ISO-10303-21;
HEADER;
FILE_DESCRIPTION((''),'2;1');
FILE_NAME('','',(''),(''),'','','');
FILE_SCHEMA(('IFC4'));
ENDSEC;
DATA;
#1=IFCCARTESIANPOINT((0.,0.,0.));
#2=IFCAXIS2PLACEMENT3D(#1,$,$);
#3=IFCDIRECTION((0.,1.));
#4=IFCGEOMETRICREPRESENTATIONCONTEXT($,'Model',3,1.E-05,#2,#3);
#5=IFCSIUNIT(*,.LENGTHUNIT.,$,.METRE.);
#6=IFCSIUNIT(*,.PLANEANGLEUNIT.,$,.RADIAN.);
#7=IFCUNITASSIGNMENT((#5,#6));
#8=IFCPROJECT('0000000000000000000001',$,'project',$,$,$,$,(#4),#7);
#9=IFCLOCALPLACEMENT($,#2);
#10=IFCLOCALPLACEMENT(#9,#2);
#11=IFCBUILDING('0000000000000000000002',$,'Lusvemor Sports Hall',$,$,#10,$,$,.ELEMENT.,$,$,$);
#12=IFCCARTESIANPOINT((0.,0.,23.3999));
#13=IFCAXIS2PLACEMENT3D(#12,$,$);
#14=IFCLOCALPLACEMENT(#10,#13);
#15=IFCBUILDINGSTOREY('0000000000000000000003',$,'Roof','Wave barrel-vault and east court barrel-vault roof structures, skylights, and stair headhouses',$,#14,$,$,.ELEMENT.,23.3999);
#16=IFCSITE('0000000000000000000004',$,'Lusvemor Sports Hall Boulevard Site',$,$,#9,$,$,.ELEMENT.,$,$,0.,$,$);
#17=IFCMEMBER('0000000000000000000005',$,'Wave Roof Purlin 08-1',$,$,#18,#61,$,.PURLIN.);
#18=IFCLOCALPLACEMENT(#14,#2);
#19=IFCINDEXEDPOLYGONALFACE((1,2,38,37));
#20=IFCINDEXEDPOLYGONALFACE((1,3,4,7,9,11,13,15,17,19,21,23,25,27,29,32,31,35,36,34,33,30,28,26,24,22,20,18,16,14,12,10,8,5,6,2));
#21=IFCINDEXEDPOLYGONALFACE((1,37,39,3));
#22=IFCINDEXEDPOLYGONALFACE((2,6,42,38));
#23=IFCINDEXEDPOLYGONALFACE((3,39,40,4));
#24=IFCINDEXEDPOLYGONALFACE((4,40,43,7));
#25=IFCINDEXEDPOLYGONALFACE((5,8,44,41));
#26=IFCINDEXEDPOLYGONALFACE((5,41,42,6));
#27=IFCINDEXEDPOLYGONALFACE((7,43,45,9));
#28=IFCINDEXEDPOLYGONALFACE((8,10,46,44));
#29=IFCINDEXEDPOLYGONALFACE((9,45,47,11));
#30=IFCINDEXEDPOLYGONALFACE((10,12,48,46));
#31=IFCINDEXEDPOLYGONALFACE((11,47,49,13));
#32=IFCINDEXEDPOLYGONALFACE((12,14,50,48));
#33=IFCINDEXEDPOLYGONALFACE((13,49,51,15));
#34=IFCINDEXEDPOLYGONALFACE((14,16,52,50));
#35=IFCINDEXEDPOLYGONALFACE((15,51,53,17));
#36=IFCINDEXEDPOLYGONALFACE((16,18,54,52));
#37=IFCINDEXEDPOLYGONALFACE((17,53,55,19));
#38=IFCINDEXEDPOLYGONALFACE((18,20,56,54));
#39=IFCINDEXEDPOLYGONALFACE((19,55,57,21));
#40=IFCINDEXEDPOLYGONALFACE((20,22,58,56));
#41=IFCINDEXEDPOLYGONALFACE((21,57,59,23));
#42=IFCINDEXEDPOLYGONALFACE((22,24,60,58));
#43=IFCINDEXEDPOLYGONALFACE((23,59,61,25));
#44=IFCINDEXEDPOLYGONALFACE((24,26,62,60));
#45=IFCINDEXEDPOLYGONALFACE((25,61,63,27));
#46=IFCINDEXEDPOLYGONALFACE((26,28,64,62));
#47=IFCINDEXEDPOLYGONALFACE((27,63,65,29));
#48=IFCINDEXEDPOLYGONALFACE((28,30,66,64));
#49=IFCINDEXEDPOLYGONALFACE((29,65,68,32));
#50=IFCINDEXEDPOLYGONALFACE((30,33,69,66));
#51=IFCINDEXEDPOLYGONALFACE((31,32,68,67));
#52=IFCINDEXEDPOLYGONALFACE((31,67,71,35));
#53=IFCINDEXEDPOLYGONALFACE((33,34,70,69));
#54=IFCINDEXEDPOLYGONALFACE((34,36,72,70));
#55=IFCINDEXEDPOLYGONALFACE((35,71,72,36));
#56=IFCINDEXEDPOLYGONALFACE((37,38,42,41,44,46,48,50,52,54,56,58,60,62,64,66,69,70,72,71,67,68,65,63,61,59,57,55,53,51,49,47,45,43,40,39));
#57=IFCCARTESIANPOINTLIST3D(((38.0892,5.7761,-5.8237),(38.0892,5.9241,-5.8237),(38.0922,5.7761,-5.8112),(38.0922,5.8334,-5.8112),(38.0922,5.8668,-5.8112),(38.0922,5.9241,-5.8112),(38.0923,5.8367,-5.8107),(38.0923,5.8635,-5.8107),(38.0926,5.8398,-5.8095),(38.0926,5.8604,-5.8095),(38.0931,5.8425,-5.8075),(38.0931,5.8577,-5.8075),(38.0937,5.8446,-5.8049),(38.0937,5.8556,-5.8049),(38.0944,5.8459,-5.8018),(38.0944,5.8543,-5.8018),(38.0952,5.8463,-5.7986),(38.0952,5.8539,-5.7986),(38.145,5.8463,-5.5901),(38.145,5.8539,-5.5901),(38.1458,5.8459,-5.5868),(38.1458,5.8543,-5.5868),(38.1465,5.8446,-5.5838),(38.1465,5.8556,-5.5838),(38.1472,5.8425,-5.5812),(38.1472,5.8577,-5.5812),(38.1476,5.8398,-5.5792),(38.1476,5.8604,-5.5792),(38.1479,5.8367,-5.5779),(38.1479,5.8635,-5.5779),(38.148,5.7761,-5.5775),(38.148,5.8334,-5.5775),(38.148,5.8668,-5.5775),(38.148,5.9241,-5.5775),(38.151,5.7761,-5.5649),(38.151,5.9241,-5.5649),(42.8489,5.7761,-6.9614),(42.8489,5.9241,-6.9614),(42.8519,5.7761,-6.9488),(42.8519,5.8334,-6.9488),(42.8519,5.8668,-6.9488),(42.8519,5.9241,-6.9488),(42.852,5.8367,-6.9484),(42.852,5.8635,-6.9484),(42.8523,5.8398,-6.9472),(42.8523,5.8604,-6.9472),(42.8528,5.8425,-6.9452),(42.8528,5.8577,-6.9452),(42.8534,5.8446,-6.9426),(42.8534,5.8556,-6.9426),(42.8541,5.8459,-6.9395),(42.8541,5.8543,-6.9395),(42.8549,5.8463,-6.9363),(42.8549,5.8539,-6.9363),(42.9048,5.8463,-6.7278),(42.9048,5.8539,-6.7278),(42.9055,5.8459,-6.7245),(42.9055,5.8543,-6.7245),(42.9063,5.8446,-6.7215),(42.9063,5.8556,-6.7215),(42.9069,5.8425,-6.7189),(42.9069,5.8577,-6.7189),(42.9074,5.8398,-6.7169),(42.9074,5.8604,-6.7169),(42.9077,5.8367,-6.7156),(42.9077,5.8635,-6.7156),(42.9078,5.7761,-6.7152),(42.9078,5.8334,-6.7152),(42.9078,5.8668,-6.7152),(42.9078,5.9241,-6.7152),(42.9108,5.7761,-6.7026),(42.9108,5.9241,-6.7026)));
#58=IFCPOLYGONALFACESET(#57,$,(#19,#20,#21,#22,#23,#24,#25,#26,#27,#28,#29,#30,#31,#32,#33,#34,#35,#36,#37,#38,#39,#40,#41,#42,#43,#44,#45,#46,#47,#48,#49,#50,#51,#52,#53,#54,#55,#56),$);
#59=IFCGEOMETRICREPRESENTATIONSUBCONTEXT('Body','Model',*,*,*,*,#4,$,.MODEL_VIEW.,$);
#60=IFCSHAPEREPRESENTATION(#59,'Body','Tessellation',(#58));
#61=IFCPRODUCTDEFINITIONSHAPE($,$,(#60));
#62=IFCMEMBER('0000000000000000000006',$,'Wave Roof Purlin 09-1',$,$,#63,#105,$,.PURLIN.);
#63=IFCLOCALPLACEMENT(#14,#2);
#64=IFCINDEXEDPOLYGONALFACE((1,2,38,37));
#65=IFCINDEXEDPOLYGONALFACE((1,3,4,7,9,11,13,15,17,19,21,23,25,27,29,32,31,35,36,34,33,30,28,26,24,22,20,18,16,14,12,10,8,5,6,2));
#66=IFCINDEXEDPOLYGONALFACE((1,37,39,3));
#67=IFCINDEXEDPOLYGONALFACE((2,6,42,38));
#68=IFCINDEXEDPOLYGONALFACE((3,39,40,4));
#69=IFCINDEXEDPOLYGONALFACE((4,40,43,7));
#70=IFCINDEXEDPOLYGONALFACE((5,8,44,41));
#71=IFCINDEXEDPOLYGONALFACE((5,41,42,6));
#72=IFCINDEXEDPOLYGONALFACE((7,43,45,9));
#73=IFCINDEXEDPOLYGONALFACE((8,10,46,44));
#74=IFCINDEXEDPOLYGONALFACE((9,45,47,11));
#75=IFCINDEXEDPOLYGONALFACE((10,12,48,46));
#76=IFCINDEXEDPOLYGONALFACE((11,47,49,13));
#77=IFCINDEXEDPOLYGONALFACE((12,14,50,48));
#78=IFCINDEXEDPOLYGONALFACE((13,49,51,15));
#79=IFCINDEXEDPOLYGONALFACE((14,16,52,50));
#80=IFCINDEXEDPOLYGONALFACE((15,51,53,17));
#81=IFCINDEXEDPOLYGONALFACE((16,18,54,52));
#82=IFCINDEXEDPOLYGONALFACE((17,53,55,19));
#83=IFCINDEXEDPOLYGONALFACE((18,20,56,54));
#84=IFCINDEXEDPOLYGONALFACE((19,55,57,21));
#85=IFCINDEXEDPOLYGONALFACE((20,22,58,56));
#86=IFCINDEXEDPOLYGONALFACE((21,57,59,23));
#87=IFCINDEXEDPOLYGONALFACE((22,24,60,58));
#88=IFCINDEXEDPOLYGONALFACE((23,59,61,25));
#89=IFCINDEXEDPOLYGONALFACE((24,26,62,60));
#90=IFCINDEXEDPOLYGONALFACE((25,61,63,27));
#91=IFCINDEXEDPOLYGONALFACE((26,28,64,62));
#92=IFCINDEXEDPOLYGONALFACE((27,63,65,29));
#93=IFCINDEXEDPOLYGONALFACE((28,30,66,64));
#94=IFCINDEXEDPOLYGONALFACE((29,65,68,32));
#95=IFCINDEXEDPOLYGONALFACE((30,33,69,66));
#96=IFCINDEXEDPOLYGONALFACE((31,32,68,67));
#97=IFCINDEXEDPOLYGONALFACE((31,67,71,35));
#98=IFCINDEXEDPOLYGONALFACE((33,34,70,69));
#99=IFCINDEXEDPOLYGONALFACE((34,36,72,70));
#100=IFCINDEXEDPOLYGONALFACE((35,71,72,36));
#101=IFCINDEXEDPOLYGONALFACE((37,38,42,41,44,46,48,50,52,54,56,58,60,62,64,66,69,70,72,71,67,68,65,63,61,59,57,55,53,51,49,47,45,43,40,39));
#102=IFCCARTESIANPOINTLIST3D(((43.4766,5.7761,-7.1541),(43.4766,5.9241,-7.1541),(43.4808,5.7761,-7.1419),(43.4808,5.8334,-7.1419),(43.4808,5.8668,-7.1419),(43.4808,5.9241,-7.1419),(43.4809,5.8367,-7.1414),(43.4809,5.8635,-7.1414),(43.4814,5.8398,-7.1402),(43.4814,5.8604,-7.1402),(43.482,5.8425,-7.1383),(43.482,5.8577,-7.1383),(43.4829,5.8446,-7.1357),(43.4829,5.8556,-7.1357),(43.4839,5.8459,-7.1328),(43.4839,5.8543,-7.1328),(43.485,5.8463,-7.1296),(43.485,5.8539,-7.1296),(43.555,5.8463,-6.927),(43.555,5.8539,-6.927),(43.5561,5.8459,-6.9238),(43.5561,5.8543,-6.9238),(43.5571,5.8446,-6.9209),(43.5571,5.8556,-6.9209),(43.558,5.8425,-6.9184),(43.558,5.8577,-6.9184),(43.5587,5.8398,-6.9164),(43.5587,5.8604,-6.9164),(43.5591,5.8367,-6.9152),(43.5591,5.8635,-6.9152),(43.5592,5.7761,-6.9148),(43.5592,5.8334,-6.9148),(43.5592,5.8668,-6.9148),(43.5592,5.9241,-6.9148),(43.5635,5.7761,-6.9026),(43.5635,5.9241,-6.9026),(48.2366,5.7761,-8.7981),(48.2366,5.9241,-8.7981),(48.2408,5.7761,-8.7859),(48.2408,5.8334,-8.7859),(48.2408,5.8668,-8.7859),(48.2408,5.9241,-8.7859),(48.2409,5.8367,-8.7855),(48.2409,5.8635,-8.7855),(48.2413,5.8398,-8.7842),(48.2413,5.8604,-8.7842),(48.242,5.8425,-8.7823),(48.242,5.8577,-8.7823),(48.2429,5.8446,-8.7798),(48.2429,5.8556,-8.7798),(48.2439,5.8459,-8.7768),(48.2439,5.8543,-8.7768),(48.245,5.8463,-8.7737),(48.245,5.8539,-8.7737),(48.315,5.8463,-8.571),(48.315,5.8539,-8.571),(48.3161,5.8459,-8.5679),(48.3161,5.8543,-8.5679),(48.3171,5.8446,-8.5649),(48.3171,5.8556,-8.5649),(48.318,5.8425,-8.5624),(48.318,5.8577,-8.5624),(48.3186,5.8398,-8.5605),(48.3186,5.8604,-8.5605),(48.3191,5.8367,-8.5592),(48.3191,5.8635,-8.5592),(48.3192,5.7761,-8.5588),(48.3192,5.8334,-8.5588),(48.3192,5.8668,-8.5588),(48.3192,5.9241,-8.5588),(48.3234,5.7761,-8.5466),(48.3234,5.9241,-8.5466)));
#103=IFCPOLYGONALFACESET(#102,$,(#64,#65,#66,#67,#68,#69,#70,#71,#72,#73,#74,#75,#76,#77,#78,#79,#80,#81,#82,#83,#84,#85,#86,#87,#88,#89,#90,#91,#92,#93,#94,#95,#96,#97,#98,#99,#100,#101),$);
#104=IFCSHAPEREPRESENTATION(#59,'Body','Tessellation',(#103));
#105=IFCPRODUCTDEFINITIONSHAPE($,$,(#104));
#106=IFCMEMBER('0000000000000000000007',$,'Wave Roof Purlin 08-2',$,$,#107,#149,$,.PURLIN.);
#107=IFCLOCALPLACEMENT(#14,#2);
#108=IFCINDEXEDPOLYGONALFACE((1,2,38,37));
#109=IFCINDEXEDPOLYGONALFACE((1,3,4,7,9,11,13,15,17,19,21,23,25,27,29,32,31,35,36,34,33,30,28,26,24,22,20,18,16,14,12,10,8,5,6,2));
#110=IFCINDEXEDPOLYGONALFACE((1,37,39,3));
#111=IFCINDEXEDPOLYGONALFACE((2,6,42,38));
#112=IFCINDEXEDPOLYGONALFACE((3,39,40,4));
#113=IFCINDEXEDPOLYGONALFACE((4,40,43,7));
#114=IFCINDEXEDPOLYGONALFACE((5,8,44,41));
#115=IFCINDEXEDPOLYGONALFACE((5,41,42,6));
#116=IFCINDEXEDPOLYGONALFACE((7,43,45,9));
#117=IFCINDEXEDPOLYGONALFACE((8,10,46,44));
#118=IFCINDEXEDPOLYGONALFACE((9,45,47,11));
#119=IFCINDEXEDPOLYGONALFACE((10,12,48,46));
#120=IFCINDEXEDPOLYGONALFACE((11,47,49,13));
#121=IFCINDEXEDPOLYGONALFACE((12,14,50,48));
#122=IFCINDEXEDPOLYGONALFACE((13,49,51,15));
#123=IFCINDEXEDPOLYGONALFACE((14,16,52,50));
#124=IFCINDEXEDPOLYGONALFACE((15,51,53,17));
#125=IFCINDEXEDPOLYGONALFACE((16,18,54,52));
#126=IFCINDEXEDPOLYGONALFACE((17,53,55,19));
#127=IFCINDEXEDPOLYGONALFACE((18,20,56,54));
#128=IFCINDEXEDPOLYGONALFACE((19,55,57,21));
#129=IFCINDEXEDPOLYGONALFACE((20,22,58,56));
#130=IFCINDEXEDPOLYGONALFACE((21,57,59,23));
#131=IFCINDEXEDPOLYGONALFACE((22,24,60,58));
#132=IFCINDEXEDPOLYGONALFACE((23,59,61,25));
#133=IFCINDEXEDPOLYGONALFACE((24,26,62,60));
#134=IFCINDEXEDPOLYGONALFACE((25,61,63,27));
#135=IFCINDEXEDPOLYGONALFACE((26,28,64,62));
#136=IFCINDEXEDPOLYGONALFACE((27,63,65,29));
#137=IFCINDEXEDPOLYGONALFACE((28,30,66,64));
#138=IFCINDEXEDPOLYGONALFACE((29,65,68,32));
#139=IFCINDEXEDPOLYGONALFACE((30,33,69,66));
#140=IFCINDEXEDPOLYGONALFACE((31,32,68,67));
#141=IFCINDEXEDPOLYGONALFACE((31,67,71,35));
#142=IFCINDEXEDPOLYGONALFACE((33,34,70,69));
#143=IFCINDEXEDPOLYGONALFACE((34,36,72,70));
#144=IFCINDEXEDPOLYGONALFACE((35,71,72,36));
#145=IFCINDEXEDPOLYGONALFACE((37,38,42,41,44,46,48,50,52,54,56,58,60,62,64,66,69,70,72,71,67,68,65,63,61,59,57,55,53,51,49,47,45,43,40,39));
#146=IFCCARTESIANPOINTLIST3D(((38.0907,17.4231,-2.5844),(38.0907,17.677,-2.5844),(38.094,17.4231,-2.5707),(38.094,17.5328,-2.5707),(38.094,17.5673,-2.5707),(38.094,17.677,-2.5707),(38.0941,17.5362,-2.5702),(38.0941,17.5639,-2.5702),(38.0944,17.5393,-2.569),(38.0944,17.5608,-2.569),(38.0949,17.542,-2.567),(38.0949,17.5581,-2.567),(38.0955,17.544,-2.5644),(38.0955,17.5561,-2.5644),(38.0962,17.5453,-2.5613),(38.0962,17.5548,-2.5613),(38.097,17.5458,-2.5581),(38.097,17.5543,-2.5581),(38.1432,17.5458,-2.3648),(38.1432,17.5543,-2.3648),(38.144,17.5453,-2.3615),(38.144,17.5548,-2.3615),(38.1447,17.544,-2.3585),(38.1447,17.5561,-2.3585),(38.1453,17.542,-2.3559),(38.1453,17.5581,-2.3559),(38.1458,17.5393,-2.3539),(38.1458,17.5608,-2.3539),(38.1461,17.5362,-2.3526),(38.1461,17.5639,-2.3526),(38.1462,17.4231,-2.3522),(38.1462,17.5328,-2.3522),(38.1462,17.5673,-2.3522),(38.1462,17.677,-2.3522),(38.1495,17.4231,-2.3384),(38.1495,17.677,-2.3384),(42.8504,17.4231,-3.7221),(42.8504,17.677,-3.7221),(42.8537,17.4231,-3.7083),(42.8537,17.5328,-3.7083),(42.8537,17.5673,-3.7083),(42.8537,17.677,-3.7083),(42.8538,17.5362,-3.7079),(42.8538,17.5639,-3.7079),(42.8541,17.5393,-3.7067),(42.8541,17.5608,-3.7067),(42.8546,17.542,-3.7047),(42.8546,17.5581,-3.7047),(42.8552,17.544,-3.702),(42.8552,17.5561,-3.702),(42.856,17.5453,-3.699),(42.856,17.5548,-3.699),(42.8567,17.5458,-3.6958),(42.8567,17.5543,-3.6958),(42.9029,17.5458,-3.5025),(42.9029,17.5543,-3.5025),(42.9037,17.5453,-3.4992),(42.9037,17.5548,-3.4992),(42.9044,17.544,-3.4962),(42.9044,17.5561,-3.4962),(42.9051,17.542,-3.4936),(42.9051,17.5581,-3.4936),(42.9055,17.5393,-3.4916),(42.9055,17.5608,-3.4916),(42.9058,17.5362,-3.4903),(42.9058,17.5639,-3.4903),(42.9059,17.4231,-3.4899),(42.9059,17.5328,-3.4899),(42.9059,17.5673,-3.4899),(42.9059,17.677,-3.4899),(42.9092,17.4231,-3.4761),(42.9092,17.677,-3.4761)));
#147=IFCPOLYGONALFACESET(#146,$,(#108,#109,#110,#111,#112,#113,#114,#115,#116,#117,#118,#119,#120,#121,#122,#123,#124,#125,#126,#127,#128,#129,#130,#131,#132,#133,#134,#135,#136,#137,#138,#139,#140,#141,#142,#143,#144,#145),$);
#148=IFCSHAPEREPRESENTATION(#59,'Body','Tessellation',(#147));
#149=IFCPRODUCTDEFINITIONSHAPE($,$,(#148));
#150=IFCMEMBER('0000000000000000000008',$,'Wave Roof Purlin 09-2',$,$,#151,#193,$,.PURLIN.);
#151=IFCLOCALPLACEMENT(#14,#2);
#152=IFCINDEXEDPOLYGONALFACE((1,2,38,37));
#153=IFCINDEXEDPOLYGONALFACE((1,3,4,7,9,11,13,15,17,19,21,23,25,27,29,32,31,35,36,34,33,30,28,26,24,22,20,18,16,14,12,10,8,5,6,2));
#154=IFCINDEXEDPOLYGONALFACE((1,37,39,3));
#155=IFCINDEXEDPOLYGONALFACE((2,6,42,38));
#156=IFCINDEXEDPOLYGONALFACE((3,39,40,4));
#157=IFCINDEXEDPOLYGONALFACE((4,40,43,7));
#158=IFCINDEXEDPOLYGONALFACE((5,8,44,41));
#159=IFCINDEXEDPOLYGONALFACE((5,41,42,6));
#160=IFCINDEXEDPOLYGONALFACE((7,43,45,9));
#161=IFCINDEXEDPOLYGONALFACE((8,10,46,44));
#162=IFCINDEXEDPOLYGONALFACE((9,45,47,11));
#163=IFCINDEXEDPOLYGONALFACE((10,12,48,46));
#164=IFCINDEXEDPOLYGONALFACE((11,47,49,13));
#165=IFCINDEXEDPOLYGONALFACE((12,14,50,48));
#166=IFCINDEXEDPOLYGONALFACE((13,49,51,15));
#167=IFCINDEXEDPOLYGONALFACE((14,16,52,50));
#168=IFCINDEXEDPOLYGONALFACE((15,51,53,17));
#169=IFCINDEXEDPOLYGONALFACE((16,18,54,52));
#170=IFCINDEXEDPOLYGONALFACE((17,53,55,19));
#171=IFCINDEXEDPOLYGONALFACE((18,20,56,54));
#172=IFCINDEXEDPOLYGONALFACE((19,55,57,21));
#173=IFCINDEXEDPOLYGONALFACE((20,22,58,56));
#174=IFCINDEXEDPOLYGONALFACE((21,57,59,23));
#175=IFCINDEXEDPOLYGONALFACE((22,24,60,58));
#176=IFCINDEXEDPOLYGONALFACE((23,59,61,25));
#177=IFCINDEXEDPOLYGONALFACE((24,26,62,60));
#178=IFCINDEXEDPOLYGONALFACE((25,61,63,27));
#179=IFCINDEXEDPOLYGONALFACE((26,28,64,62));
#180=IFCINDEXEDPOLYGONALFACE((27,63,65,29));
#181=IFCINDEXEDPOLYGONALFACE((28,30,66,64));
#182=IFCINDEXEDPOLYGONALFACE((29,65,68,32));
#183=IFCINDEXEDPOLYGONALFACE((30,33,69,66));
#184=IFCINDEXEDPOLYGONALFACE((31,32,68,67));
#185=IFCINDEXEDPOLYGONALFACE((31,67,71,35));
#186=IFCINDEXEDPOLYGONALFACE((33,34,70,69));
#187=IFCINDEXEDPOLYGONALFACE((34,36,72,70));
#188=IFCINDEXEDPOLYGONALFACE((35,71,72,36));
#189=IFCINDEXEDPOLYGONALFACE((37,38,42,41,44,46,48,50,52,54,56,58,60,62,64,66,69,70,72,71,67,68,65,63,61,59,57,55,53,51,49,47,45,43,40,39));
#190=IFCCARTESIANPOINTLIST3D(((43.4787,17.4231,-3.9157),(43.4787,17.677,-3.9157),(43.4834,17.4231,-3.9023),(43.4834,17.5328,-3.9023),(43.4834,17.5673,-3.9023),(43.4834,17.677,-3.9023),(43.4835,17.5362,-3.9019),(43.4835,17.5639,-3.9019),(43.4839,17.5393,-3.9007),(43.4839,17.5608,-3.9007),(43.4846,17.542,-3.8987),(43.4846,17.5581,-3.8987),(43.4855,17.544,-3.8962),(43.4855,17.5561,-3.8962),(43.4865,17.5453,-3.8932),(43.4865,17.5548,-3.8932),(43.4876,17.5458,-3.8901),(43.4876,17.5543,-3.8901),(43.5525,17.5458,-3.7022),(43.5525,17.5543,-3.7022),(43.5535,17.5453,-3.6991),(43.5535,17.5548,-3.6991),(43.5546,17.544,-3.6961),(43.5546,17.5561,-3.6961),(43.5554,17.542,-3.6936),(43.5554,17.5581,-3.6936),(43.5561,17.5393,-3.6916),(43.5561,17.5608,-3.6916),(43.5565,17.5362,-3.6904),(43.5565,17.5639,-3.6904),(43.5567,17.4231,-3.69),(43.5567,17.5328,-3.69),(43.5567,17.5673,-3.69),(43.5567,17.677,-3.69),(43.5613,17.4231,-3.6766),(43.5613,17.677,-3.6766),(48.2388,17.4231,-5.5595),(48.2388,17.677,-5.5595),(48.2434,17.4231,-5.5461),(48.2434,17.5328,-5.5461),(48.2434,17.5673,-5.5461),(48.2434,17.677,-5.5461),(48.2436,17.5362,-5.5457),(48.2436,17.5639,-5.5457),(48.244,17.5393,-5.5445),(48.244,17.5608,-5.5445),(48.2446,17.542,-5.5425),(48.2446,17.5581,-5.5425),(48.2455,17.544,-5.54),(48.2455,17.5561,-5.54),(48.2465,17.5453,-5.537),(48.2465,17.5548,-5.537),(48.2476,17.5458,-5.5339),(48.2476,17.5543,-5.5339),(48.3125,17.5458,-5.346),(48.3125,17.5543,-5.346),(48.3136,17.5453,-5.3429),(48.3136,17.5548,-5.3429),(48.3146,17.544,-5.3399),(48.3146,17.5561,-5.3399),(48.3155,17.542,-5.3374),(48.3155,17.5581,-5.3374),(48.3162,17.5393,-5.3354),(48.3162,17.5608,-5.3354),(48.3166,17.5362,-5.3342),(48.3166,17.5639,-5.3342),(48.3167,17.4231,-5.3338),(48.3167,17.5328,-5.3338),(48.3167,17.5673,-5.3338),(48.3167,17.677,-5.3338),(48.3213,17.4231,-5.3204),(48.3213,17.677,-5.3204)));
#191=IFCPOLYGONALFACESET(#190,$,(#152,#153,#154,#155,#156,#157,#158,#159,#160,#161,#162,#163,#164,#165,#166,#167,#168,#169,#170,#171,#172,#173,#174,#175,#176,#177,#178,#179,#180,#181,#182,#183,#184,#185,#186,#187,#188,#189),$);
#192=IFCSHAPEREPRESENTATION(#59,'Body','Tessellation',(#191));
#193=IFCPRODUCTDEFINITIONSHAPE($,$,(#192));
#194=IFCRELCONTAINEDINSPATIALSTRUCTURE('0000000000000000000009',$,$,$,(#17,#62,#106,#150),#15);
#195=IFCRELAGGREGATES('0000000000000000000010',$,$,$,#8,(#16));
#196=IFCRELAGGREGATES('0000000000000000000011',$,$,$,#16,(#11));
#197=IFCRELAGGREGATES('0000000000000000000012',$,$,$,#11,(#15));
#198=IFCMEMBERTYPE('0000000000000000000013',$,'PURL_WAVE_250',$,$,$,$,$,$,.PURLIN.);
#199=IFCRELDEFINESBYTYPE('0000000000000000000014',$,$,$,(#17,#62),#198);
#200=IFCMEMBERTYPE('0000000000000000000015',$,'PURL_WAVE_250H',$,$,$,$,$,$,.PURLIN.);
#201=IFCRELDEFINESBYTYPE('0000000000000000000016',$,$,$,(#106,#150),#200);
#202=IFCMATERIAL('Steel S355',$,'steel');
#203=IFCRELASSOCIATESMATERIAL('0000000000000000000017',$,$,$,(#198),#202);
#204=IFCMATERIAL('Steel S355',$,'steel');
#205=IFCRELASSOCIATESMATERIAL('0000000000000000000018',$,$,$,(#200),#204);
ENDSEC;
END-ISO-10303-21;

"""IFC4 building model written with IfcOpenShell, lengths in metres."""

from ifc_helpers import new_model, si_unit, direction, frame, origin, origin_2d, place, context, subcontext, project, spatial, i_section, extrude, material, material_profile, profile_set, type_object, element, save


model = new_model("IFC4")

# Units and contexts
model_context = context("Model", 3, precision=1e-05, world=origin(), true_north=direction((0.0, 1.0)))
body_context = subcontext(model_context, "Body", "Model", "MODEL_VIEW")
ifc_project = project(units=[si_unit("LENGTHUNIT", "METRE"), si_unit("PLANEANGLEUNIT", "RADIAN")], contexts=[model_context])

# Site, building, storey
site_placement = place(None, origin())
site = spatial("IfcSite", under=ifc_project, at=site_placement, Name="Lusvemor Sports Hall Boulevard Site", CompositionType="ELEMENT", RefElevation=0.0)
building_placement = place(site_placement, origin())
building = spatial("IfcBuilding", under=site, at=building_placement, Name="Lusvemor Sports Hall", CompositionType="ELEMENT")
storey_placement = place(building_placement, frame((0.0, 0.0, 23.3999)))
storey = spatial("IfcBuildingStorey", under=building, at=storey_placement, Name="Roof", Description="Wave barrel-vault and east court barrel-vault roof structures, skylights, and stair headhouses", CompositionType="ELEMENT", Elevation=23.3999)

# Members
ifc_material_1 = material(Name="Steel S355", Category="steel")
ifc_material_profile_1 = material_profile(ifc_material_1, i_section(OverallWidth=0.1479, OverallDepth=0.2661, WebThickness=0.0076, FlangeThickness=0.0129, FilletRadius=0.0129, at=origin_2d()), Name="W250x44.8")
ifc_profile_set_1 = profile_set([ifc_material_profile_1], Name="Steel S355")
member_type_1 = type_object("IfcMemberType", Name="PURL_WAVE_250", PredefinedType="PURLIN", material=ifc_profile_set_1)
member_1_placement = place(storey_placement, frame((38.1201, 5.8501, -5.6943), z_axis=(0.972602, 0.0, -0.232475), x_axis=(0.0, 1.0, 0.0)))
element("IfcMember", 1, at=member_1_placement, inside=storey, type_object=member_type_1, Name="Wave Roof Purlin 08-1", PredefinedType="PURLIN", context=body_context, shape_type="SweptSolid", body=[
    extrude(i_section(OverallWidth=0.1479, OverallDepth=0.2661, WebThickness=0.0076, FlangeThickness=0.0129, FilletRadius=0.0129, at=origin_2d()), origin(), (0.0, 0.0, 1.0), 4.8938),
])
member_2_placement = place(storey_placement, frame((43.52, 5.8501, -7.0283), z_axis=(0.94521, 0.0, -0.326463), x_axis=(0.0, 1.0, 0.0)))
element("IfcMember", 2, at=member_2_placement, inside=storey, type_object=member_type_1, Name="Wave Roof Purlin 09-1", PredefinedType="PURLIN", context=body_context, shape_type="SweptSolid", body=[
    extrude(i_section(OverallWidth=0.1479, OverallDepth=0.2661, WebThickness=0.0076, FlangeThickness=0.0129, FilletRadius=0.0129, at=origin_2d()), origin(), (0.0, 0.0, 1.0), 5.0359),
])
ifc_material_2 = material(Name="Steel S355", Category="steel")
ifc_material_profile_2 = material_profile(ifc_material_2, i_section(OverallWidth=0.2539, OverallDepth=0.2529, WebThickness=0.0085, FlangeThickness=0.0142, FilletRadius=0.0129, at=origin_2d()), Name="W250x73.0")
ifc_profile_set_2 = profile_set([ifc_material_profile_2], Name="Steel S355")
member_type_2 = type_object("IfcMemberType", Name="PURL_WAVE_250H", PredefinedType="PURLIN", material=ifc_profile_set_2)
member_3_placement = place(storey_placement, frame((38.1201, 17.55, -2.4614), z_axis=(0.972602, 0.0, -0.232475), x_axis=(0.0, 1.0, 0.0)))
element("IfcMember", 3, at=member_3_placement, inside=storey, type_object=member_type_2, Name="Wave Roof Purlin 08-2", PredefinedType="PURLIN", context=body_context, shape_type="SweptSolid", body=[
    extrude(i_section(OverallWidth=0.2539, OverallDepth=0.2529, WebThickness=0.0085, FlangeThickness=0.0142, FilletRadius=0.0129, at=origin_2d()), origin(), (0.0, 0.0, 1.0), 4.8938),
])
member_4_placement = place(storey_placement, frame((43.52, 17.55, -3.7961), z_axis=(0.945225, 0.0, -0.326419), x_axis=(0.0, 1.0, 0.0)))
element("IfcMember", 4, at=member_4_placement, inside=storey, type_object=member_type_2, Name="Wave Roof Purlin 09-2", PredefinedType="PURLIN", context=body_context, shape_type="SweptSolid", body=[
    extrude(i_section(OverallWidth=0.2539, OverallDepth=0.2529, WebThickness=0.0085, FlangeThickness=0.0142, FilletRadius=0.0129, at=origin_2d()), origin(), (0.0, 0.0, 1.0), 5.0359),
])

save(model, "model.ifc")
